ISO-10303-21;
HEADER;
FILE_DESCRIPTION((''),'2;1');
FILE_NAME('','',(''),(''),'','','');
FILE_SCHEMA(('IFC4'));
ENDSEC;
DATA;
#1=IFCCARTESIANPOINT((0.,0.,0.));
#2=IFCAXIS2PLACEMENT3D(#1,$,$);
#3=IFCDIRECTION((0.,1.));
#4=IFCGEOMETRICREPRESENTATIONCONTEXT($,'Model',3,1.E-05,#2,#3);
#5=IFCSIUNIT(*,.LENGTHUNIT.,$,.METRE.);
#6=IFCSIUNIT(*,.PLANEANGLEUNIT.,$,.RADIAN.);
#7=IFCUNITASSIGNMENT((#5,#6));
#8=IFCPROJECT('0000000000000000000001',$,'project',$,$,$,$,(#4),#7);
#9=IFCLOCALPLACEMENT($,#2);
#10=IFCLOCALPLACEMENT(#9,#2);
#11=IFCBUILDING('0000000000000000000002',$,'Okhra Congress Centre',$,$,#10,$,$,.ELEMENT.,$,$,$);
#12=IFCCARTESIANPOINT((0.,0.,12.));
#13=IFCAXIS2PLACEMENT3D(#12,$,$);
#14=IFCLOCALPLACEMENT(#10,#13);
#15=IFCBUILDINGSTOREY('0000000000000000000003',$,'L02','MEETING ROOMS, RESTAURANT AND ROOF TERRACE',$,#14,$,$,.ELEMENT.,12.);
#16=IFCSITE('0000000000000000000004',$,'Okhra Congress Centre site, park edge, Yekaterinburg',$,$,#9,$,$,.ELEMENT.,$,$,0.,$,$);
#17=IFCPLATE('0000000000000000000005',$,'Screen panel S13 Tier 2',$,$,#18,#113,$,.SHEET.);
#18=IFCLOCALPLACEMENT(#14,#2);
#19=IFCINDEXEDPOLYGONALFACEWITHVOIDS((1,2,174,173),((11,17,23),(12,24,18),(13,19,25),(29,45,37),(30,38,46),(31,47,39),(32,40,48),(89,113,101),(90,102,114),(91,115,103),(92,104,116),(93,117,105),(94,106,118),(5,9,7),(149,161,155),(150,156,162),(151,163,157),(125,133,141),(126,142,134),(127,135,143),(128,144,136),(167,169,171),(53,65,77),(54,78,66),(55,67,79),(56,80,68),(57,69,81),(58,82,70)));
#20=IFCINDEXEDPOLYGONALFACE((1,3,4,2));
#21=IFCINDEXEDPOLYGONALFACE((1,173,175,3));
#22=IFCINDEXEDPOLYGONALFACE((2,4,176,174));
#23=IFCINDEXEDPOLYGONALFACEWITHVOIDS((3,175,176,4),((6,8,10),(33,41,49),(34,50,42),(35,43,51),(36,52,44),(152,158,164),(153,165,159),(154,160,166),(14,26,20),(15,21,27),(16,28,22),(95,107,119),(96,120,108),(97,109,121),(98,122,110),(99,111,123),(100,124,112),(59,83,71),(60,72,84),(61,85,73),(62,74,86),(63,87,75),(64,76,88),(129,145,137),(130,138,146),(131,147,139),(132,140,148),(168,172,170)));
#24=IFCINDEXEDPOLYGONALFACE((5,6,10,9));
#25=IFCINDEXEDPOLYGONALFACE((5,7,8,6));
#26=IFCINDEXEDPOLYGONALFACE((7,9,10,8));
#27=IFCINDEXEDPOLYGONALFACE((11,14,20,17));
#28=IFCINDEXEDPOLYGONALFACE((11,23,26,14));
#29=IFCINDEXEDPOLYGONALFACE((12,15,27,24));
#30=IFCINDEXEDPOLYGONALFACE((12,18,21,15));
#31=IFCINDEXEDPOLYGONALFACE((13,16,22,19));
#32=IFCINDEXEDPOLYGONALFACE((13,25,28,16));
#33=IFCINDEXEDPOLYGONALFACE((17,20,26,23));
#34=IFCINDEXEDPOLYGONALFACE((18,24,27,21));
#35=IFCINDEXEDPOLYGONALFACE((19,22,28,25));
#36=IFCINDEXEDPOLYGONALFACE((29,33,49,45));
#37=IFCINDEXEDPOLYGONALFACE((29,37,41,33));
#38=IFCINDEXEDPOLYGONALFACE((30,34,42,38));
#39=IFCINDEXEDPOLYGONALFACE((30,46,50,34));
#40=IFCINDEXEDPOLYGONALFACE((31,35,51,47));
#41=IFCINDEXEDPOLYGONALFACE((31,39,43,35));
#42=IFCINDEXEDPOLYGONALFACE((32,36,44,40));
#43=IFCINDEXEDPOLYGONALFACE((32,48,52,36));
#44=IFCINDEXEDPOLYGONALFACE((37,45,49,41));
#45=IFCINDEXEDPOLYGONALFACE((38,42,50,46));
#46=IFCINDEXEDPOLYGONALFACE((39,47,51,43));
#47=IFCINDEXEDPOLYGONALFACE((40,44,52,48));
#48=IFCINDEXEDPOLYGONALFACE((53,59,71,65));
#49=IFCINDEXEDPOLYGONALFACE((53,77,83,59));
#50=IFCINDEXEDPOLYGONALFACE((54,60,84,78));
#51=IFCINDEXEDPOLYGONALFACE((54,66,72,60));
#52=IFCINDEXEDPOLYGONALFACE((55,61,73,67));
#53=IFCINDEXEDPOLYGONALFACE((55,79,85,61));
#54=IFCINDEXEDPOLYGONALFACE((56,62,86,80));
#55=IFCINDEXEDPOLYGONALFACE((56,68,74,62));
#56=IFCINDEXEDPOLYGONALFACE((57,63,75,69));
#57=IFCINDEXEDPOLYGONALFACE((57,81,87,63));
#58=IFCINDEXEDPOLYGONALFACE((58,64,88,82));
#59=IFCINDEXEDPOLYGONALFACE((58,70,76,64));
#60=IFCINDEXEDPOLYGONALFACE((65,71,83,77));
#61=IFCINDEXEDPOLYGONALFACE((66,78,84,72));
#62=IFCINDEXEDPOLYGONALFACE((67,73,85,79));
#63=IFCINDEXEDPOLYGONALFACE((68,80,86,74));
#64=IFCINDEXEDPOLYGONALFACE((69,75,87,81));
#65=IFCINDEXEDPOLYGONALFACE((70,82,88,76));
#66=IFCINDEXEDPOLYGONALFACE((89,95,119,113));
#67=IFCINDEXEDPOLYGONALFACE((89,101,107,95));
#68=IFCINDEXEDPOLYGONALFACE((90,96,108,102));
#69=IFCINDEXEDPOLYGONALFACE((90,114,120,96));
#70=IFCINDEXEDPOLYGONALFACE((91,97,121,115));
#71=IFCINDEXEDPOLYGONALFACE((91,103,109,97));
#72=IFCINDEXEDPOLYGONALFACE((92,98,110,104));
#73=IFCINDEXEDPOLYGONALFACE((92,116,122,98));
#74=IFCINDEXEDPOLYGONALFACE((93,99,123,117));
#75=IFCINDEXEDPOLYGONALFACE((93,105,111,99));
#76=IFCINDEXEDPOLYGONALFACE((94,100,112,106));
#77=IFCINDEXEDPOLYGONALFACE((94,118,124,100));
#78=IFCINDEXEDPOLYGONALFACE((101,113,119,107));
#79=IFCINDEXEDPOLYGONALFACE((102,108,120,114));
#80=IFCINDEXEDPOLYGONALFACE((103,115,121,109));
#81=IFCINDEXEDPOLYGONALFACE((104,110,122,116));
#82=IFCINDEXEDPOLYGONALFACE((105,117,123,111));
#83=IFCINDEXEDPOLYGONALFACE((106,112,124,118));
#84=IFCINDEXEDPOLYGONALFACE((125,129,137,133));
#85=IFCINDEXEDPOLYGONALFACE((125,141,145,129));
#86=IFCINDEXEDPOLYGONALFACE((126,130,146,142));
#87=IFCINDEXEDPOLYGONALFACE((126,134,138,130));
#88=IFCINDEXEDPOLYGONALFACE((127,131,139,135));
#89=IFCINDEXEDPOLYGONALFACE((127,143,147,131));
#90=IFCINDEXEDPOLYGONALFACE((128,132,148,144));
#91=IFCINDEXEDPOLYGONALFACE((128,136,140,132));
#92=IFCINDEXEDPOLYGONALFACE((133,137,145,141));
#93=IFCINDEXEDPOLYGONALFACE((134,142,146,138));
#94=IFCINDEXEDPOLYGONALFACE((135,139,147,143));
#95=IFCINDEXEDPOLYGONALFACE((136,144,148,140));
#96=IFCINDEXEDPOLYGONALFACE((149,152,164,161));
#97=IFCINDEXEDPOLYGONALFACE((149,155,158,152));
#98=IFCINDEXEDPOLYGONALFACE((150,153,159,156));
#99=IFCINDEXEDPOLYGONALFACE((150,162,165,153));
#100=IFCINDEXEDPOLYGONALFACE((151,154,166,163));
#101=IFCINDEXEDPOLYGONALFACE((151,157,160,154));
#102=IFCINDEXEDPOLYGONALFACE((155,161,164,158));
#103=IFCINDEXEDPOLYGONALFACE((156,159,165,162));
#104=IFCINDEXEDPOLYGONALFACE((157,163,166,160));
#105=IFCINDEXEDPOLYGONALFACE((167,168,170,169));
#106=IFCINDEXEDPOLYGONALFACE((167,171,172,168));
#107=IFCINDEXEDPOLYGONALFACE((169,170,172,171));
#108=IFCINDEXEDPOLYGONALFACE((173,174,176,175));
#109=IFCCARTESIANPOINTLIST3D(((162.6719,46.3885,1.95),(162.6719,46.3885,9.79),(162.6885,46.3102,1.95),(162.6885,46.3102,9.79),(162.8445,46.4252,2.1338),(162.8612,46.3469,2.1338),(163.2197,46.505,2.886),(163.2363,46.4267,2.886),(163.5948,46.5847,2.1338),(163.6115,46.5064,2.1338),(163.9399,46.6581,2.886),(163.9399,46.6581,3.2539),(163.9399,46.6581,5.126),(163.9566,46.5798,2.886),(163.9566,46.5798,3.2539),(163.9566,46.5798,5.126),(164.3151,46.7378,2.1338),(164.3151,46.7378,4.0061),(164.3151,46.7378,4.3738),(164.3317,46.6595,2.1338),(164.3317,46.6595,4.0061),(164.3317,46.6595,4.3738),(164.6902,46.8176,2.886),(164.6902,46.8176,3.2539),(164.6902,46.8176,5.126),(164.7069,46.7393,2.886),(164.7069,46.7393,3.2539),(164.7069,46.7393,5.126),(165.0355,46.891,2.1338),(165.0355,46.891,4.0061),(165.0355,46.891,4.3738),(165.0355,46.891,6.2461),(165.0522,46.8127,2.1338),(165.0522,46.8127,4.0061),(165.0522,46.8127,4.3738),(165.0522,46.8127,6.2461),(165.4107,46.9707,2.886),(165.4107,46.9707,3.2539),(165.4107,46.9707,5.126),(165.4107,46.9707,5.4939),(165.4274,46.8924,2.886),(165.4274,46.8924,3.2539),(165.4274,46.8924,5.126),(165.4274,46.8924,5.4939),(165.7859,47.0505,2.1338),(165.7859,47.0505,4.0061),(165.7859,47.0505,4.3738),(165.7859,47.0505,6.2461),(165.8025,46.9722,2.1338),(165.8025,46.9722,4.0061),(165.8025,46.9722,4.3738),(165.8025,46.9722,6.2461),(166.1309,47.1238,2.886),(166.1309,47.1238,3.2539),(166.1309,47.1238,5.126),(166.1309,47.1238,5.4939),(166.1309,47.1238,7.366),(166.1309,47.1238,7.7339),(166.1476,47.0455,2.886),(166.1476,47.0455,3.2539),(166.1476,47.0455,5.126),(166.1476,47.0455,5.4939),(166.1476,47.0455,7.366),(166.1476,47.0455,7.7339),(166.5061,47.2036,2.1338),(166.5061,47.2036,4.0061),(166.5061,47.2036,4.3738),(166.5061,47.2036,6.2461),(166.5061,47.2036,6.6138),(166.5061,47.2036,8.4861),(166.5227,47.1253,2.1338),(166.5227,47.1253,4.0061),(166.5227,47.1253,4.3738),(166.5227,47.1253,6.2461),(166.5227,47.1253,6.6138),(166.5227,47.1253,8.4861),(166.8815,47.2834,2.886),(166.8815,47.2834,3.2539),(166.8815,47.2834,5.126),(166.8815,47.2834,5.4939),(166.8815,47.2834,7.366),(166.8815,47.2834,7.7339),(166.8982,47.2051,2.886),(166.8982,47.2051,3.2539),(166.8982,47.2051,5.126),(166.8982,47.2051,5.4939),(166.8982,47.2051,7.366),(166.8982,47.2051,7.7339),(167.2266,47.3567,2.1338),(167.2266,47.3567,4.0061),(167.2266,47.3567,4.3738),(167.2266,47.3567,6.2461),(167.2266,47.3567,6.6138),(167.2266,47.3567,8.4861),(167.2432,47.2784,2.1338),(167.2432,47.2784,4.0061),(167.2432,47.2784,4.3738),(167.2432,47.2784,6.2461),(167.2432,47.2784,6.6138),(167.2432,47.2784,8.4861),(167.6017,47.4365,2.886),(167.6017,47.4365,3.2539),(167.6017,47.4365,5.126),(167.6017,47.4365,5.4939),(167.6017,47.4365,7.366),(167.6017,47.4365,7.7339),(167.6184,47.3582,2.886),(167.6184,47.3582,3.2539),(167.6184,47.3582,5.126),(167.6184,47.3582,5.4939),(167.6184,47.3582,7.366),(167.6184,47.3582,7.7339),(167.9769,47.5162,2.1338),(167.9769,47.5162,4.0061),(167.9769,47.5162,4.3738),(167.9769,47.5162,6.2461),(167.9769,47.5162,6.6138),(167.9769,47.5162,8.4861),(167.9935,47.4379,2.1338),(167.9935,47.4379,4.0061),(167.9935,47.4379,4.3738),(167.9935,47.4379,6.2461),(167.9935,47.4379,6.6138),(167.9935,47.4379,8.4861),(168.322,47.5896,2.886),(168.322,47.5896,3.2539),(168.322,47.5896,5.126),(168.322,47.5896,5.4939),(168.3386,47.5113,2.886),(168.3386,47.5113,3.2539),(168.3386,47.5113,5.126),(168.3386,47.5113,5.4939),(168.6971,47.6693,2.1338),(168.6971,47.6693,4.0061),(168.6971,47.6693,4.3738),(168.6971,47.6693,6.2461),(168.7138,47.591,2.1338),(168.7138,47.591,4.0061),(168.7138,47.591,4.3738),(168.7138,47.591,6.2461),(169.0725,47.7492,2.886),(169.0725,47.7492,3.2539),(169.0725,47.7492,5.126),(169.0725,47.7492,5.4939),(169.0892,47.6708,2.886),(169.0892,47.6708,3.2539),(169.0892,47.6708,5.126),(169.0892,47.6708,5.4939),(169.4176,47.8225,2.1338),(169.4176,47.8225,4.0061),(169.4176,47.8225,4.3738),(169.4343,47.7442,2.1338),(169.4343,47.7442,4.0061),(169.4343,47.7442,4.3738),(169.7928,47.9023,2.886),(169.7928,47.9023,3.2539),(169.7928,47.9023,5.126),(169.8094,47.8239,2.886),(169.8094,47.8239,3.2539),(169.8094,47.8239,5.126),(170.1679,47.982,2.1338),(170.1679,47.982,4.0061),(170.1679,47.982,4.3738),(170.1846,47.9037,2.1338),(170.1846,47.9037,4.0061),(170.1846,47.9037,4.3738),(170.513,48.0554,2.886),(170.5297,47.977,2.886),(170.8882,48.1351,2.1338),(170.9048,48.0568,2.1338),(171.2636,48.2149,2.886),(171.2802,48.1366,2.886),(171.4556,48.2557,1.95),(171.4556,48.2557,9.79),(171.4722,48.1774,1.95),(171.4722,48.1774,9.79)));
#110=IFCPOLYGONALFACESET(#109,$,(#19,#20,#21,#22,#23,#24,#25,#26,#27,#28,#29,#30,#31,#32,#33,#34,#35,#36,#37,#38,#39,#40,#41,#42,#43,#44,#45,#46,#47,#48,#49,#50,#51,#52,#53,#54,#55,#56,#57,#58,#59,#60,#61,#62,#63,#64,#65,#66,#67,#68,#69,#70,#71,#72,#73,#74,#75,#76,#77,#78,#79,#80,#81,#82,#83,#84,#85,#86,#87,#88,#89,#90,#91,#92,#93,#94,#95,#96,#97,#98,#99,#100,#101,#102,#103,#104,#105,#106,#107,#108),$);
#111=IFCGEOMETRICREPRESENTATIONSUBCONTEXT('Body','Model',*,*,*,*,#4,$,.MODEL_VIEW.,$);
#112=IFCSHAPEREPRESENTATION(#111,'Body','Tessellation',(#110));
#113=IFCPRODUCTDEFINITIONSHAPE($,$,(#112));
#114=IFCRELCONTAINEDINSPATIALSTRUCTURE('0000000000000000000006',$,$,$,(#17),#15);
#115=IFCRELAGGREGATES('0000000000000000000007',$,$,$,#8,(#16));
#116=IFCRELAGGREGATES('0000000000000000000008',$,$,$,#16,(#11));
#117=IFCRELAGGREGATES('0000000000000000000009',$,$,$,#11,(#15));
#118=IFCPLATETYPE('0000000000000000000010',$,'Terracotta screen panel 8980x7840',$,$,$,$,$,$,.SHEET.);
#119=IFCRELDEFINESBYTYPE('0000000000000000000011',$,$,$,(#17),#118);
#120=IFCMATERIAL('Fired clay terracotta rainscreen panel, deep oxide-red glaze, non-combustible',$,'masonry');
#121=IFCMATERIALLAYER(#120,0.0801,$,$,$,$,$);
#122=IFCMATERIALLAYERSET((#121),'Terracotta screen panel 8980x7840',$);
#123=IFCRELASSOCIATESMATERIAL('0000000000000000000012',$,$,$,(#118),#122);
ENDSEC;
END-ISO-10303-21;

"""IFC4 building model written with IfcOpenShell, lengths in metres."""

from ifc_helpers import new_model, si_unit, direction, frame, origin, place, context, subcontext, project, spatial, polyline, outline, extrude, material, layer, layer_set, type_object, element, save


model = new_model("IFC4")

# Units and contexts
model_context = context("Model", 3, precision=1e-05, world=origin(), true_north=direction((0.0, 1.0)))
body_context = subcontext(model_context, "Body", "Model", "MODEL_VIEW")
ifc_project = project(units=[si_unit("LENGTHUNIT", "METRE"), si_unit("PLANEANGLEUNIT", "RADIAN")], contexts=[model_context])

# Site, building, storey
site_placement = place(None, origin())
site = spatial("IfcSite", under=ifc_project, at=site_placement, Name="Okhra Congress Centre site, park edge, Yekaterinburg", CompositionType="ELEMENT", RefElevation=0.0)
building_placement = place(site_placement, origin())
building = spatial("IfcBuilding", under=site, at=building_placement, Name="Okhra Congress Centre", CompositionType="ELEMENT")
storey_placement = place(building_placement, frame((0.0, 0.0, 12.0)))
storey = spatial("IfcBuildingStorey", under=building, at=storey_placement, Name="L02", Description="MEETING ROOMS, RESTAURANT AND ROOF TERRACE", CompositionType="ELEMENT", Elevation=12.0)

# Plate
ifc_material_1 = material(Name="Fired clay terracotta rainscreen panel, deep oxide-red glaze, non-combustible", Category="masonry")
ifc_layer_1 = layer(ifc_material_1, 0.0801)
ifc_layer_set_1 = layer_set([ifc_layer_1], Name="Terracotta screen panel 8980x7840")
plate_type = type_object("IfcPlateType", Name="Terracotta screen panel 8980x7840", PredefinedType="SHEET", material=ifc_layer_set_1)
plate_1_placement = place(storey_placement, frame((162.6802, 46.3494, 1.95), z_axis=(0.0, 0.0, 1.0), x_axis=(0.978144, 0.207928, 0.0)))
element("IfcPlate", 1, at=plate_1_placement, inside=storey, type_object=plate_type, Name="Screen panel S13 Tier 2", PredefinedType="SHEET", context=body_context, shape_type="SweptSolid", body=[
    extrude(outline(polyline([(0.0, 0.0), (8.98, 0.0), (8.98, 7.8401), (0.0, 7.8401), (0.0, 0.0)]), holes=[polyline([(0.1765, 0.1838), (0.9436, 0.1838), (0.5601, 0.936), (0.1765, 0.1838)]), polyline([(1.2964, 0.936), (1.6799, 0.1838), (2.0635, 0.936), (1.2964, 0.936)]), polyline([(2.4165, 0.1838), (3.1836, 0.1838), (2.8, 0.936), (2.4165, 0.1838)]), polyline([(3.5364, 0.936), (3.9199, 0.1838), (4.3037, 0.936), (3.5364, 0.936)]), polyline([(4.6565, 0.1838), (5.4236, 0.1838), (5.04, 0.936), (4.6565, 0.1838)]), polyline([(5.7764, 0.936), (6.1599, 0.1838), (6.5437, 0.936), (5.7764, 0.936)]), polyline([(6.8965, 0.1838), (7.6636, 0.1838), (7.28, 0.936), (6.8965, 0.1838)]), polyline([(8.0164, 0.936), (8.3999, 0.1838), (8.7837, 0.936), (8.0164, 0.936)]), polyline([(1.2964, 1.304), (2.0635, 1.304), (1.6799, 2.0562), (1.2964, 1.304)]), polyline([(2.4165, 2.0562), (2.8, 1.304), (3.1836, 2.0562), (2.4165, 2.0562)]), polyline([(3.5364, 1.304), (4.3037, 1.304), (3.9199, 2.0562), (3.5364, 1.304)]), polyline([(4.6565, 2.0562), (5.04, 1.304), (5.4236, 2.0562), (4.6565, 2.0562)]), polyline([(5.7764, 1.304), (6.5437, 1.304), (6.1599, 2.0562), (5.7764, 1.304)]), polyline([(6.8965, 2.0562), (7.28, 1.304), (7.6636, 2.0562), (6.8965, 2.0562)]), polyline([(1.2964, 3.176), (1.6799, 2.4238), (2.0635, 3.176), (1.2964, 3.176)]), polyline([(2.4165, 2.4238), (3.1836, 2.4238), (2.8, 3.176), (2.4165, 2.4238)]), polyline([(3.5364, 3.176), (3.9199, 2.4238), (4.3037, 3.176), (3.5364, 3.176)]), polyline([(4.6565, 2.4238), (5.4236, 2.4238), (5.04, 3.176), (4.6565, 2.4238)]), polyline([(5.7764, 3.176), (6.1599, 2.4238), (6.5437, 3.176), (5.7764, 3.176)]), polyline([(6.8965, 2.4238), (7.6636, 2.4238), (7.28, 3.176), (6.8965, 2.4238)]), polyline([(2.4165, 4.2961), (2.8, 3.5439), (3.1836, 4.2961), (2.4165, 4.2961)]), polyline([(3.5364, 3.5439), (4.3037, 3.5439), (3.9199, 4.2961), (3.5364, 3.5439)]), polyline([(4.6565, 4.2961), (5.04, 3.5439), (5.4236, 4.2961), (4.6565, 4.2961)]), polyline([(5.7764, 3.5439), (6.5437, 3.5439), (6.1599, 4.2961), (5.7764, 3.5439)]), polyline([(3.5364, 5.416), (3.9199, 4.6638), (4.3037, 5.416), (3.5364, 5.416)]), polyline([(4.6565, 4.6638), (5.4236, 4.6638), (5.04, 5.416), (4.6565, 4.6638)]), polyline([(3.5364, 5.7839), (4.3037, 5.7839), (3.9199, 6.5361), (3.5364, 5.7839)]), polyline([(4.6565, 6.5361), (5.04, 5.7839), (5.4236, 6.5361), (4.6565, 6.5361)])]), frame((0.0, 0.04, 0.0), z_axis=(0.0, -1.0, 0.0), x_axis=(1.0, 0.0, 0.0)), (0.0, 0.0, 1.0), 0.0801),
])

save(model, "model.ifc")
